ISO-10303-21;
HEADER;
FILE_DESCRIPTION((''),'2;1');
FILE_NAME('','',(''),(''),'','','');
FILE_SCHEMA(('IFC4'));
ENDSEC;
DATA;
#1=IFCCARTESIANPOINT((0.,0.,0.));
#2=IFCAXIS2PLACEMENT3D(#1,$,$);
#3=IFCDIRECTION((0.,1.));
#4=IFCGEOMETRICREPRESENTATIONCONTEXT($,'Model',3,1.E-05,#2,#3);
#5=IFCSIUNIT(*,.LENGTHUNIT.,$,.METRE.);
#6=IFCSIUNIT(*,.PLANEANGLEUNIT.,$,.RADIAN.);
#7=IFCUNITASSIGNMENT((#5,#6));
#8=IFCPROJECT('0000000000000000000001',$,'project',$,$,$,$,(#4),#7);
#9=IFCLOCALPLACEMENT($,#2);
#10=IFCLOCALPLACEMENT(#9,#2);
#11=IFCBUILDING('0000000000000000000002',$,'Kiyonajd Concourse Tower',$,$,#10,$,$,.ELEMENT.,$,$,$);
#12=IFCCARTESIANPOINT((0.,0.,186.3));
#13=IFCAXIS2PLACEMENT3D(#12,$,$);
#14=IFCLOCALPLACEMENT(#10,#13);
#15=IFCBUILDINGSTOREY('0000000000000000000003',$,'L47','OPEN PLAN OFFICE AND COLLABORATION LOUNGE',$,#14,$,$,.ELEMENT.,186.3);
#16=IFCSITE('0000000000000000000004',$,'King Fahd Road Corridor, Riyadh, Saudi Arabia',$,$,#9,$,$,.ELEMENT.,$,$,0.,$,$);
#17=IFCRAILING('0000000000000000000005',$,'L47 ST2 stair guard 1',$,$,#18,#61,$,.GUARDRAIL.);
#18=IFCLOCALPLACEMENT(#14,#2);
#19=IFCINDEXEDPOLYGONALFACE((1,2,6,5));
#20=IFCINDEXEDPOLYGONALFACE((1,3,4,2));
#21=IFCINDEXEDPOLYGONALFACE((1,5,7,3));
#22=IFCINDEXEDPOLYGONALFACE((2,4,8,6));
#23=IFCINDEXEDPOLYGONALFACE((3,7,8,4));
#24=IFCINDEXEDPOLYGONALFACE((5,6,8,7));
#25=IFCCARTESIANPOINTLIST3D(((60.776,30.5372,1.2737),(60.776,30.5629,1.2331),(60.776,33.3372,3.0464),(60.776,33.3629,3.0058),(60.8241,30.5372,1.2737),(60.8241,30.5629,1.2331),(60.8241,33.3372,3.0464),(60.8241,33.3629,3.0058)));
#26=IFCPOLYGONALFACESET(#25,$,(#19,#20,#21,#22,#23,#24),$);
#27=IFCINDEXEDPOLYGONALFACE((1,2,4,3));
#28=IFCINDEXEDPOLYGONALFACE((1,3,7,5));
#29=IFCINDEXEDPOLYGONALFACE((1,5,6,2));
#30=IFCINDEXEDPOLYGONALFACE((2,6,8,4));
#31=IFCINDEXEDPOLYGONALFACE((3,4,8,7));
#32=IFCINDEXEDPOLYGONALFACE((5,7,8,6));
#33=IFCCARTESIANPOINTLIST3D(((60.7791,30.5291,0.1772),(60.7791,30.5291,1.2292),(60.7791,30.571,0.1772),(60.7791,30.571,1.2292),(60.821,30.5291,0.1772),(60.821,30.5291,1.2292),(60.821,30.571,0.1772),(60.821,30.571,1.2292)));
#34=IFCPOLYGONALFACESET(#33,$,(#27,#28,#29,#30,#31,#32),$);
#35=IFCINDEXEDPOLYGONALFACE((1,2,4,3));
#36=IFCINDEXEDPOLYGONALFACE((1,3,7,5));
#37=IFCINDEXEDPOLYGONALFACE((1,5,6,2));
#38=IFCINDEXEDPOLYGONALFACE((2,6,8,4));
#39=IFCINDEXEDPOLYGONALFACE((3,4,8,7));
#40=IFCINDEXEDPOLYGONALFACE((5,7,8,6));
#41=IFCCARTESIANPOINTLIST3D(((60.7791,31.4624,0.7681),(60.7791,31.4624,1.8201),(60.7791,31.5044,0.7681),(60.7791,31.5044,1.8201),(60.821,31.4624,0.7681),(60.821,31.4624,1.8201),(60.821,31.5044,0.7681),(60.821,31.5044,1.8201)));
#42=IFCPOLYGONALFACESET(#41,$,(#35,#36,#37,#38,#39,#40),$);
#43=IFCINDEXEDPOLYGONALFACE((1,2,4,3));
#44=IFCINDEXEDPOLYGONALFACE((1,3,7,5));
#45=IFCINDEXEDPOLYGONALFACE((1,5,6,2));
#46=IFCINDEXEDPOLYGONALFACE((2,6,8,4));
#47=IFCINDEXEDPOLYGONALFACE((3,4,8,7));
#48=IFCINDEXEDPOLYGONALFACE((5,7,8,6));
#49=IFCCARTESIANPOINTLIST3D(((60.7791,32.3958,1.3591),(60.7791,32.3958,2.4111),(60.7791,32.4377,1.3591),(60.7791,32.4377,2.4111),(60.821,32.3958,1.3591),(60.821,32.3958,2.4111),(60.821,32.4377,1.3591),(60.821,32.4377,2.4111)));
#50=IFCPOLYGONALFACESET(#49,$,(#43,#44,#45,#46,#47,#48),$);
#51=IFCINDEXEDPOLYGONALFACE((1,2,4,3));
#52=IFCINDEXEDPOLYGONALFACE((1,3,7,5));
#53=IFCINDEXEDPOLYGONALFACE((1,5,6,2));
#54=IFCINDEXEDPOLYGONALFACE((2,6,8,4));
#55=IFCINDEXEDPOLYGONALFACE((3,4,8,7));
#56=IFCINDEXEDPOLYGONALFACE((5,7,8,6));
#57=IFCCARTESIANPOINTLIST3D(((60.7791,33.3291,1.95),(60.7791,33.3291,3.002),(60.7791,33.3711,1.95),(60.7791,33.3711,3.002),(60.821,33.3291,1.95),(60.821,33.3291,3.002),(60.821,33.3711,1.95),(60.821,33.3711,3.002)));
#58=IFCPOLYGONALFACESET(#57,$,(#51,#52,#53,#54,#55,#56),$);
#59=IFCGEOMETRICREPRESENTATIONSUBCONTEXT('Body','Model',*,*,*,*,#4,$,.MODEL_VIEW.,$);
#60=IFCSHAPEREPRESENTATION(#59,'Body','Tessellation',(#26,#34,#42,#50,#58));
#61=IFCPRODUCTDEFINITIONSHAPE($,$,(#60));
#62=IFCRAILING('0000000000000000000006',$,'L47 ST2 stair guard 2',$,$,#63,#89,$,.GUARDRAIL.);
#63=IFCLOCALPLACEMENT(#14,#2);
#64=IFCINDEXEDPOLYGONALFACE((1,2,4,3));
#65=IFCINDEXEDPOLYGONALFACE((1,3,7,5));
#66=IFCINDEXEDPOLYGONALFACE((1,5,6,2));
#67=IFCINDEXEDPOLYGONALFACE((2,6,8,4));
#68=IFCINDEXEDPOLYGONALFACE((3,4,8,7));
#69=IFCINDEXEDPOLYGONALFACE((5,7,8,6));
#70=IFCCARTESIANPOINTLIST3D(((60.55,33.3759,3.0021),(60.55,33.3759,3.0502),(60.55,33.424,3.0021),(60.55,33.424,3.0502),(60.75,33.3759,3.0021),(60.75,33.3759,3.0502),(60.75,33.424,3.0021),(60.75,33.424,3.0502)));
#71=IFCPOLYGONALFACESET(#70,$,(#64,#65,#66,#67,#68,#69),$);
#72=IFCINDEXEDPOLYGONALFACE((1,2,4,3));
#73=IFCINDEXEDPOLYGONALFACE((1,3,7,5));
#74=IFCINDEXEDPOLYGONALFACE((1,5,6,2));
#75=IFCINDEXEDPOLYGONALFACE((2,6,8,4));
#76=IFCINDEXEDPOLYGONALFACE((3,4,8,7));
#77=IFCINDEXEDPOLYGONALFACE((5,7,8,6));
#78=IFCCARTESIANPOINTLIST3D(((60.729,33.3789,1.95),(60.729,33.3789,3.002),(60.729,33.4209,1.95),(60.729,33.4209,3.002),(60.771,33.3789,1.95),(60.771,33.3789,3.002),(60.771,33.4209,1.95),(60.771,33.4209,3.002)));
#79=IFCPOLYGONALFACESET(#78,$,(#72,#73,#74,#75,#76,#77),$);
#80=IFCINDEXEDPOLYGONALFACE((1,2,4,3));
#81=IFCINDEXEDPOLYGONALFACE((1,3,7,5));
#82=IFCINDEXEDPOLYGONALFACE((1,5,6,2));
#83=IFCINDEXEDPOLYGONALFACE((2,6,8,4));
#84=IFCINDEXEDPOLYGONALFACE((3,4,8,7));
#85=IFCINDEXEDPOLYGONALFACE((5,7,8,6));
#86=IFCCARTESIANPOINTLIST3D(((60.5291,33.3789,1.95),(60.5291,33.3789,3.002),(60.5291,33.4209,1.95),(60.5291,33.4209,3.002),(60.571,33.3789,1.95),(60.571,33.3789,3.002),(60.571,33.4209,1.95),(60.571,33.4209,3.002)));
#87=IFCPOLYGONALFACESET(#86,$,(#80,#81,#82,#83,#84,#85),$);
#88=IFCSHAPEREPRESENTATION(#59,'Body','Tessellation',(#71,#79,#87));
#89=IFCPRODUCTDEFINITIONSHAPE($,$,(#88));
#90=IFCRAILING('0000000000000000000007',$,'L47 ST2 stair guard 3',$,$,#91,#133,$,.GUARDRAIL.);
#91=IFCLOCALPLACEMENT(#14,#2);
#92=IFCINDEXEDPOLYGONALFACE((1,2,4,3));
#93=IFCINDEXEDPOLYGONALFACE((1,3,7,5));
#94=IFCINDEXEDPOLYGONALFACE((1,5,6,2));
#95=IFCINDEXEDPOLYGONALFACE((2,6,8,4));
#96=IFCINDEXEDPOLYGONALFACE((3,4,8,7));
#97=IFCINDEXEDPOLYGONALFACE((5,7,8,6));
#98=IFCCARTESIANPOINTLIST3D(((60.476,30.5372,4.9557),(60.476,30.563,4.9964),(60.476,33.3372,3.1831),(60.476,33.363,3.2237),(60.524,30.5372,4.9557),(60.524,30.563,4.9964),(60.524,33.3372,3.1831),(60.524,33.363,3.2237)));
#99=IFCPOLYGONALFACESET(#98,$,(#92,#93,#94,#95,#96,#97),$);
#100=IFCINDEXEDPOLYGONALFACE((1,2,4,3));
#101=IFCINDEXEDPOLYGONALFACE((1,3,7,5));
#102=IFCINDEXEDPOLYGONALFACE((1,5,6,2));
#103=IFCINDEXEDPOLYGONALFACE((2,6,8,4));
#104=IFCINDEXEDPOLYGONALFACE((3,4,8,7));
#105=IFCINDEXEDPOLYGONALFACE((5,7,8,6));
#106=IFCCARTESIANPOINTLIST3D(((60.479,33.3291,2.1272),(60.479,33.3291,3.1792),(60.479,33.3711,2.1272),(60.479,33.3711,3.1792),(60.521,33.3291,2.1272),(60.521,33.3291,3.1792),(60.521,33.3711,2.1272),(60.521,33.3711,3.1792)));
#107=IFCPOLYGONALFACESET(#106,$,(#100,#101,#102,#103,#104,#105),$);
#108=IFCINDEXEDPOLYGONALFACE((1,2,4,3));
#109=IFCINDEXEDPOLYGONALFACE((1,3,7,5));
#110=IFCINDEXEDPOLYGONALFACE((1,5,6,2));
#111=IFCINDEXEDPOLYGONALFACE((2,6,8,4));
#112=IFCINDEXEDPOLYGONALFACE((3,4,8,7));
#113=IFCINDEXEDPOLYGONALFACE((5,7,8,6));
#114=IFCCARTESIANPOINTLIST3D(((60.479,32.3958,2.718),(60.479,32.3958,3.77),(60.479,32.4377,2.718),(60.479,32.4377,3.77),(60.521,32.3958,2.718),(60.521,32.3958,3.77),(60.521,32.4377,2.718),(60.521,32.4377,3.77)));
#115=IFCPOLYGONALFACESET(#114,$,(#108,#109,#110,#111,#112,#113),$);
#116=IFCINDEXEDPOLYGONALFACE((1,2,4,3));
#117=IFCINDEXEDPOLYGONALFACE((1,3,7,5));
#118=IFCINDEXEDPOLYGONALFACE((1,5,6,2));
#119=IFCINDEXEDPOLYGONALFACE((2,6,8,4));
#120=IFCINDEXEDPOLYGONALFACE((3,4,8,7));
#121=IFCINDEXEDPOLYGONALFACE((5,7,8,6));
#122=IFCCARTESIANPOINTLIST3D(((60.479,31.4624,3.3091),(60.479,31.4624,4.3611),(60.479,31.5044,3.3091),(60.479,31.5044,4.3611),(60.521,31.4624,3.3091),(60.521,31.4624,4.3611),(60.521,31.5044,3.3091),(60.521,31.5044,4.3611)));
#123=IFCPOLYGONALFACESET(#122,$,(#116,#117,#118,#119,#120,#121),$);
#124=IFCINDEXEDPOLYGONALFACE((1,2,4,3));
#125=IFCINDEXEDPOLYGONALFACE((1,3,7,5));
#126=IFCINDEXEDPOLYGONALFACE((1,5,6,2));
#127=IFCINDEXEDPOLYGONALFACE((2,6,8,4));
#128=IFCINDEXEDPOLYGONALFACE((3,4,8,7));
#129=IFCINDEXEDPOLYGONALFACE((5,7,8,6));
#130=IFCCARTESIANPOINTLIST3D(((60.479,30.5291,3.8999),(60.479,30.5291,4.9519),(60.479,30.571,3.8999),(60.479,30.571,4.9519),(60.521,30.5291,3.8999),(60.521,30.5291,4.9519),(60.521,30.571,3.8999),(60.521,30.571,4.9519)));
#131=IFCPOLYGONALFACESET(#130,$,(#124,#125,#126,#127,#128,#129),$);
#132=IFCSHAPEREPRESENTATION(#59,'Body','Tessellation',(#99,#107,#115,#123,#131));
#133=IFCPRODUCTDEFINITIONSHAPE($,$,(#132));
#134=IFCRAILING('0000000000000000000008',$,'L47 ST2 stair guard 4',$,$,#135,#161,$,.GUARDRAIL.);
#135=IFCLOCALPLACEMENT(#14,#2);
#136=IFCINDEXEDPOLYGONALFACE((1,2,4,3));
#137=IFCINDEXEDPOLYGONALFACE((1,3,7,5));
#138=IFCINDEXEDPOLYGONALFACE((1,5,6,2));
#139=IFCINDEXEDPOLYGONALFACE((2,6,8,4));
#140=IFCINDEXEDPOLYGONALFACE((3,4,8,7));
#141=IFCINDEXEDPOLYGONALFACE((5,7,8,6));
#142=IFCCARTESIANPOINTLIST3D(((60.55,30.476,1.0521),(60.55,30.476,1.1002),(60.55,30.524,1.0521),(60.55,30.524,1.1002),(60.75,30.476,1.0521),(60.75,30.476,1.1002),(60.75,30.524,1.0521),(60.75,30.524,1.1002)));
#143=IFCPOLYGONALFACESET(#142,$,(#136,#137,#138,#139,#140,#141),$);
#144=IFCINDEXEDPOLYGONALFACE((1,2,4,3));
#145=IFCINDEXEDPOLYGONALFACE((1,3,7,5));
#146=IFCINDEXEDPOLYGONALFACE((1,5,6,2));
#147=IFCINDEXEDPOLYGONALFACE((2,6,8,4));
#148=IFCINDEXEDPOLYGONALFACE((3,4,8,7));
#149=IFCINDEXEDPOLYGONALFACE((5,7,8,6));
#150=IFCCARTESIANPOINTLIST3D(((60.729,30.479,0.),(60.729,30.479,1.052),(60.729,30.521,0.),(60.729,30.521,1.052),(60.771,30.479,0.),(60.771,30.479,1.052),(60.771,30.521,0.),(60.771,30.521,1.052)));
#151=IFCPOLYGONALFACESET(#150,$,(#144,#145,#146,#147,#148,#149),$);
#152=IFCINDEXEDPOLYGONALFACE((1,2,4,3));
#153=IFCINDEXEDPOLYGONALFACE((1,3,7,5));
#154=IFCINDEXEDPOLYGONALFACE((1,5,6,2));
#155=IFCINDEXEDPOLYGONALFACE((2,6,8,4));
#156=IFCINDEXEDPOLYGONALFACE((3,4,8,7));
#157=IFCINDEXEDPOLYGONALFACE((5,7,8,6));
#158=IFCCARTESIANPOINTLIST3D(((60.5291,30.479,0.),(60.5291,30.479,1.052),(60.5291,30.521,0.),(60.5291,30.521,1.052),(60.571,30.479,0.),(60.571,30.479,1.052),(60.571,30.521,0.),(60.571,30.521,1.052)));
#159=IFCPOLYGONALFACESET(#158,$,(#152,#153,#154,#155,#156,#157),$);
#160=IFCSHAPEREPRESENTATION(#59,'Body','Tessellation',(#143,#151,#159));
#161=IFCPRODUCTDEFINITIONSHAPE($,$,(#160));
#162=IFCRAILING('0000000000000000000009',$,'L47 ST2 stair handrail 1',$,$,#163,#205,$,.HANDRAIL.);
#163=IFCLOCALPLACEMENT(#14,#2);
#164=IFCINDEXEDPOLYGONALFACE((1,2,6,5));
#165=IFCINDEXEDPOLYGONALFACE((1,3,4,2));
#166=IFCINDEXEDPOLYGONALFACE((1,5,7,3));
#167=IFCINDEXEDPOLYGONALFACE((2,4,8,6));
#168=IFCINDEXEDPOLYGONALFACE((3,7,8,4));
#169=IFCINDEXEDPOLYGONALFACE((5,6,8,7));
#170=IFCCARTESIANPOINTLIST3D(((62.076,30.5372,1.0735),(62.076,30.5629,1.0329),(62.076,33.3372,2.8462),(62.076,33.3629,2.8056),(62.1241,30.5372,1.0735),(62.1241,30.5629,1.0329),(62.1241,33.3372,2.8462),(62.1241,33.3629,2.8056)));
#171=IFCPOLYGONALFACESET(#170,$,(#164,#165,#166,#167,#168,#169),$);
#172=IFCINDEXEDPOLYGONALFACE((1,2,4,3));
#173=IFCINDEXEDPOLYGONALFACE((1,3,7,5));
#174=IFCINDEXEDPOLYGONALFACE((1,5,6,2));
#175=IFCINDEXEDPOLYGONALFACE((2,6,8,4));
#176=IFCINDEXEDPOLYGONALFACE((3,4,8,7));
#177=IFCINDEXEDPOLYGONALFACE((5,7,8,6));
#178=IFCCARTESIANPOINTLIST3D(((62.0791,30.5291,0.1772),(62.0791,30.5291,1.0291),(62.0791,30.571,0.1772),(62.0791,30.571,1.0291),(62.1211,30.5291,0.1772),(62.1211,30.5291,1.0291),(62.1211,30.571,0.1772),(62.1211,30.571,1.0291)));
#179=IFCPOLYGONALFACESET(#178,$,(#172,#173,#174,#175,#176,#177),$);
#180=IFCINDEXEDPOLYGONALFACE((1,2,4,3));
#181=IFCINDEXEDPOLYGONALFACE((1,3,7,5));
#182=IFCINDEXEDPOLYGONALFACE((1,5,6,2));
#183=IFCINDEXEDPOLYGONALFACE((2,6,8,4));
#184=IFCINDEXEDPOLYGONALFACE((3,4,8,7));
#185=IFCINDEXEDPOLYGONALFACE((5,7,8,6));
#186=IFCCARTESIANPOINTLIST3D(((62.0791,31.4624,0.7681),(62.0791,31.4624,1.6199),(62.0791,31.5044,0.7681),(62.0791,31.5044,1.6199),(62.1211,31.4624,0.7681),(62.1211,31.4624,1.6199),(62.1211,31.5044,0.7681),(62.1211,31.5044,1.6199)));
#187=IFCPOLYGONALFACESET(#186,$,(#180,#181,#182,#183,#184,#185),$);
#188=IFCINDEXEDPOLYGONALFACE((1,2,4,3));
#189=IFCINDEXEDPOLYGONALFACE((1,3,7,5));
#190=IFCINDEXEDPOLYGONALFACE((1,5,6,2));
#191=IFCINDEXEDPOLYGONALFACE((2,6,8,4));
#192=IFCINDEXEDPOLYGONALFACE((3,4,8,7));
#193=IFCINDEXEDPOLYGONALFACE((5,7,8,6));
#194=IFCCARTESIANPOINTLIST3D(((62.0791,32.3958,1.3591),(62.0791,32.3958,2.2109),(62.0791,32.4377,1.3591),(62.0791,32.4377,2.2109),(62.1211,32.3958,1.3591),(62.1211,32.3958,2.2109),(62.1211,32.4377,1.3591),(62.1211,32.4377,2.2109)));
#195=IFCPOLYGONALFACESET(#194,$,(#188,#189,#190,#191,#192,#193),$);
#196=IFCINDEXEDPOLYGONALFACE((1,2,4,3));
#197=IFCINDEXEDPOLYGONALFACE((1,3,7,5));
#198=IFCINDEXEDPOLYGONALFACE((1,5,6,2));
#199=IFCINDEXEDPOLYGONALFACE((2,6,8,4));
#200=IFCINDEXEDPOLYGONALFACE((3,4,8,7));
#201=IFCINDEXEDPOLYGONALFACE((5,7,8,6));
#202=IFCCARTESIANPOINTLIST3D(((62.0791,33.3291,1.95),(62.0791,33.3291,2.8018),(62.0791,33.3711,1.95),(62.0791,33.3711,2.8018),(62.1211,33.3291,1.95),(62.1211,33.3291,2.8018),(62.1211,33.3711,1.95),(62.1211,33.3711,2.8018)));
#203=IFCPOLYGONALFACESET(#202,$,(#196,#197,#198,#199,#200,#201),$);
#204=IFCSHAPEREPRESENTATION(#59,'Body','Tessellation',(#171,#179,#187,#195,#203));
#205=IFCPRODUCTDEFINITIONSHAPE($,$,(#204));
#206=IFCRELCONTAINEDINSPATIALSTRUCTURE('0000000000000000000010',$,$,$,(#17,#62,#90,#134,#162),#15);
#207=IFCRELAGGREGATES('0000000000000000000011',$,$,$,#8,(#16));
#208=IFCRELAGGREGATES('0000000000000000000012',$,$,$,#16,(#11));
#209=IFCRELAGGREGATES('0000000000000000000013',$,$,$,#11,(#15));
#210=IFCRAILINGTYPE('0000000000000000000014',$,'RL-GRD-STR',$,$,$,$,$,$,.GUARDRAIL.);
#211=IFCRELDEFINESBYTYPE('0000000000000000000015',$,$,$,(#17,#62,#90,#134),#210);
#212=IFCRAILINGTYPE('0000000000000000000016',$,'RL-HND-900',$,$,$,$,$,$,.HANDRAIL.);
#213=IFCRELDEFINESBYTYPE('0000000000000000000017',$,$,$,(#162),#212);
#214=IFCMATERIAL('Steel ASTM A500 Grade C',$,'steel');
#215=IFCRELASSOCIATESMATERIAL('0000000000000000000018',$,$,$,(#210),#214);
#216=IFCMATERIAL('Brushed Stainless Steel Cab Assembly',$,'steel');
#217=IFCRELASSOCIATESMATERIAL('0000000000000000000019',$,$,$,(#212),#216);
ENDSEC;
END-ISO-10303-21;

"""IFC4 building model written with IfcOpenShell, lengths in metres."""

from ifc_helpers import new_model, si_unit, direction, frame, origin, origin_2d, place, context, subcontext, project, spatial, rectangle, extrude, material, type_object, element, save


model = new_model("IFC4")

# Units and contexts
model_context = context("Model", 3, precision=1e-05, world=origin(), true_north=direction((0.0, 1.0)))
body_context = subcontext(model_context, "Body", "Model", "MODEL_VIEW")
ifc_project = project(units=[si_unit("LENGTHUNIT", "METRE"), si_unit("PLANEANGLEUNIT", "RADIAN")], contexts=[model_context])

# Site, building, storey
site_placement = place(None, origin())
site = spatial("IfcSite", under=ifc_project, at=site_placement, Name="King Fahd Road Corridor, Riyadh, Saudi Arabia", CompositionType="ELEMENT", RefElevation=0.0)
building_placement = place(site_placement, origin())
building = spatial("IfcBuilding", under=site, at=building_placement, Name="Kiyonajd Concourse Tower", CompositionType="ELEMENT")
storey_placement = place(building_placement, frame((0.0, 0.0, 186.3)))
storey = spatial("IfcBuildingStorey", under=building, at=storey_placement, Name="L47", Description="OPEN PLAN OFFICE AND COLLABORATION LOUNGE", CompositionType="ELEMENT", Elevation=186.3)

# Railings
ifc_material_1 = material(Name="Steel ASTM A500 Grade C", Category="steel")
railing_type_1 = type_object("IfcRailingType", Name="RL-GRD-STR", PredefinedType="GUARDRAIL", material=ifc_material_1)
railing_1_placement = place(storey_placement, frame((60.8, 30.55, 0.1772)))
element("IfcRailing", 1, at=railing_1_placement, inside=storey, type_object=railing_type_1, Name="L47 ST2 stair guard 1", PredefinedType="GUARDRAIL", context=body_context, shape_type="SweptSolid", body=[
    extrude(rectangle(XDim=0.0481, YDim=0.0481, at=origin_2d()), frame((0.0, 0.0, 1.0762), z_axis=(0.0, 0.844909, 0.53491), x_axis=(-1.0, 0.0, 0.0)), (0.0, 0.0, 1.0), 3.314),
    extrude(rectangle(XDim=0.042, YDim=0.042, at=origin_2d()), origin(), (0.0, 0.0, 1.0), 1.052),
    extrude(rectangle(XDim=0.042, YDim=0.042, at=origin_2d()), frame((0.0, 0.9333, 0.5908)), (0.0, 0.0, 1.0), 1.052),
    extrude(rectangle(XDim=0.042, YDim=0.042, at=origin_2d()), frame((0.0, 1.8667, 1.1819)), (0.0, 0.0, 1.0), 1.052),
    extrude(rectangle(XDim=0.042, YDim=0.042, at=origin_2d()), frame((0.0, 2.8, 1.7727)), (0.0, 0.0, 1.0), 1.052),
])
railing_2_placement = place(storey_placement, frame((60.75, 33.3999, 1.95)))
element("IfcRailing", 2, at=railing_2_placement, inside=storey, type_object=railing_type_1, Name="L47 ST2 stair guard 2", PredefinedType="GUARDRAIL", context=body_context, shape_type="SweptSolid", body=[
    extrude(rectangle(XDim=0.0481, YDim=0.0481, at=origin_2d()), frame((0.0, 0.0, 1.0762), z_axis=(-1.0, 0.0, 0.0), x_axis=(0.0, -1.0, 0.0)), (0.0, 0.0, 1.0), 0.2),
    extrude(rectangle(XDim=0.042, YDim=0.042, at=origin_2d()), origin(), (0.0, 0.0, 1.0), 1.052),
    extrude(rectangle(XDim=0.042, YDim=0.042, at=origin_2d()), frame((-0.2, 0.0, 0.0)), (0.0, 0.0, 1.0), 1.052),
])
railing_3_placement = place(storey_placement, frame((60.5, 33.3501, 2.1272)))
element("IfcRailing", 3, at=railing_3_placement, inside=storey, type_object=railing_type_1, Name="L47 ST2 stair guard 3", PredefinedType="GUARDRAIL", context=body_context, shape_type="SweptSolid", body=[
    extrude(rectangle(XDim=0.0481, YDim=0.0481, at=origin_2d()), frame((0.0, 0.0, 1.0762), z_axis=(0.0, -0.844909, 0.53491), x_axis=(1.0, 0.0, 0.0)), (0.0, 0.0, 1.0), 3.314),
    extrude(rectangle(XDim=0.042, YDim=0.042, at=origin_2d()), origin(), (0.0, 0.0, 1.0), 1.052),
    extrude(rectangle(XDim=0.042, YDim=0.042, at=origin_2d()), frame((0.0, -0.9333, 0.5908)), (0.0, 0.0, 1.0), 1.052),
    extrude(rectangle(XDim=0.042, YDim=0.042, at=origin_2d()), frame((0.0, -1.8667, 1.1819)), (0.0, 0.0, 1.0), 1.052),
    extrude(rectangle(XDim=0.042, YDim=0.042, at=origin_2d()), frame((0.0, -2.8, 1.7727)), (0.0, 0.0, 1.0), 1.052),
])
railing_4_placement = place(storey_placement, frame((60.75, 30.5, 0.0)))
element("IfcRailing", 4, at=railing_4_placement, inside=storey, type_object=railing_type_1, Name="L47 ST2 stair guard 4", PredefinedType="GUARDRAIL", context=body_context, shape_type="SweptSolid", body=[
    extrude(rectangle(XDim=0.0481, YDim=0.0481, at=origin_2d()), frame((0.0, 0.0, 1.0762), z_axis=(-1.0, 0.0, 0.0), x_axis=(0.0, -1.0, 0.0)), (0.0, 0.0, 1.0), 0.2),
    extrude(rectangle(XDim=0.042, YDim=0.042, at=origin_2d()), origin(), (0.0, 0.0, 1.0), 1.052),
    extrude(rectangle(XDim=0.042, YDim=0.042, at=origin_2d()), frame((-0.2, 0.0, 0.0)), (0.0, 0.0, 1.0), 1.052),
])
ifc_material_2 = material(Name="Brushed Stainless Steel Cab Assembly", Category="steel")
railing_type_2 = type_object("IfcRailingType", Name="RL-HND-900", PredefinedType="HANDRAIL", material=ifc_material_2)
railing_5_placement = place(storey_placement, frame((62.1001, 30.55, 0.1772)))
element("IfcRailing", 5, at=railing_5_placement, inside=storey, type_object=railing_type_2, Name="L47 ST2 stair handrail 1", PredefinedType="HANDRAIL", context=body_context, shape_type="SweptSolid", body=[
    extrude(rectangle(XDim=0.0481, YDim=0.0481, at=origin_2d()), frame((0.0, 0.0, 0.876), z_axis=(0.0, 0.844909, 0.53491), x_axis=(-1.0, 0.0, 0.0)), (0.0, 0.0, 1.0), 3.314),
    extrude(rectangle(XDim=0.042, YDim=0.042, at=origin_2d()), origin(), (0.0, 0.0, 1.0), 0.8518),
    extrude(rectangle(XDim=0.042, YDim=0.042, at=origin_2d()), frame((0.0, 0.9333, 0.5908)), (0.0, 0.0, 1.0), 0.8518),
    extrude(rectangle(XDim=0.042, YDim=0.042, at=origin_2d()), frame((0.0, 1.8667, 1.1819)), (0.0, 0.0, 1.0), 0.8518),
    extrude(rectangle(XDim=0.042, YDim=0.042, at=origin_2d()), frame((0.0, 2.8, 1.7727)), (0.0, 0.0, 1.0), 0.8518),
])

save(model, "model.ifc")
